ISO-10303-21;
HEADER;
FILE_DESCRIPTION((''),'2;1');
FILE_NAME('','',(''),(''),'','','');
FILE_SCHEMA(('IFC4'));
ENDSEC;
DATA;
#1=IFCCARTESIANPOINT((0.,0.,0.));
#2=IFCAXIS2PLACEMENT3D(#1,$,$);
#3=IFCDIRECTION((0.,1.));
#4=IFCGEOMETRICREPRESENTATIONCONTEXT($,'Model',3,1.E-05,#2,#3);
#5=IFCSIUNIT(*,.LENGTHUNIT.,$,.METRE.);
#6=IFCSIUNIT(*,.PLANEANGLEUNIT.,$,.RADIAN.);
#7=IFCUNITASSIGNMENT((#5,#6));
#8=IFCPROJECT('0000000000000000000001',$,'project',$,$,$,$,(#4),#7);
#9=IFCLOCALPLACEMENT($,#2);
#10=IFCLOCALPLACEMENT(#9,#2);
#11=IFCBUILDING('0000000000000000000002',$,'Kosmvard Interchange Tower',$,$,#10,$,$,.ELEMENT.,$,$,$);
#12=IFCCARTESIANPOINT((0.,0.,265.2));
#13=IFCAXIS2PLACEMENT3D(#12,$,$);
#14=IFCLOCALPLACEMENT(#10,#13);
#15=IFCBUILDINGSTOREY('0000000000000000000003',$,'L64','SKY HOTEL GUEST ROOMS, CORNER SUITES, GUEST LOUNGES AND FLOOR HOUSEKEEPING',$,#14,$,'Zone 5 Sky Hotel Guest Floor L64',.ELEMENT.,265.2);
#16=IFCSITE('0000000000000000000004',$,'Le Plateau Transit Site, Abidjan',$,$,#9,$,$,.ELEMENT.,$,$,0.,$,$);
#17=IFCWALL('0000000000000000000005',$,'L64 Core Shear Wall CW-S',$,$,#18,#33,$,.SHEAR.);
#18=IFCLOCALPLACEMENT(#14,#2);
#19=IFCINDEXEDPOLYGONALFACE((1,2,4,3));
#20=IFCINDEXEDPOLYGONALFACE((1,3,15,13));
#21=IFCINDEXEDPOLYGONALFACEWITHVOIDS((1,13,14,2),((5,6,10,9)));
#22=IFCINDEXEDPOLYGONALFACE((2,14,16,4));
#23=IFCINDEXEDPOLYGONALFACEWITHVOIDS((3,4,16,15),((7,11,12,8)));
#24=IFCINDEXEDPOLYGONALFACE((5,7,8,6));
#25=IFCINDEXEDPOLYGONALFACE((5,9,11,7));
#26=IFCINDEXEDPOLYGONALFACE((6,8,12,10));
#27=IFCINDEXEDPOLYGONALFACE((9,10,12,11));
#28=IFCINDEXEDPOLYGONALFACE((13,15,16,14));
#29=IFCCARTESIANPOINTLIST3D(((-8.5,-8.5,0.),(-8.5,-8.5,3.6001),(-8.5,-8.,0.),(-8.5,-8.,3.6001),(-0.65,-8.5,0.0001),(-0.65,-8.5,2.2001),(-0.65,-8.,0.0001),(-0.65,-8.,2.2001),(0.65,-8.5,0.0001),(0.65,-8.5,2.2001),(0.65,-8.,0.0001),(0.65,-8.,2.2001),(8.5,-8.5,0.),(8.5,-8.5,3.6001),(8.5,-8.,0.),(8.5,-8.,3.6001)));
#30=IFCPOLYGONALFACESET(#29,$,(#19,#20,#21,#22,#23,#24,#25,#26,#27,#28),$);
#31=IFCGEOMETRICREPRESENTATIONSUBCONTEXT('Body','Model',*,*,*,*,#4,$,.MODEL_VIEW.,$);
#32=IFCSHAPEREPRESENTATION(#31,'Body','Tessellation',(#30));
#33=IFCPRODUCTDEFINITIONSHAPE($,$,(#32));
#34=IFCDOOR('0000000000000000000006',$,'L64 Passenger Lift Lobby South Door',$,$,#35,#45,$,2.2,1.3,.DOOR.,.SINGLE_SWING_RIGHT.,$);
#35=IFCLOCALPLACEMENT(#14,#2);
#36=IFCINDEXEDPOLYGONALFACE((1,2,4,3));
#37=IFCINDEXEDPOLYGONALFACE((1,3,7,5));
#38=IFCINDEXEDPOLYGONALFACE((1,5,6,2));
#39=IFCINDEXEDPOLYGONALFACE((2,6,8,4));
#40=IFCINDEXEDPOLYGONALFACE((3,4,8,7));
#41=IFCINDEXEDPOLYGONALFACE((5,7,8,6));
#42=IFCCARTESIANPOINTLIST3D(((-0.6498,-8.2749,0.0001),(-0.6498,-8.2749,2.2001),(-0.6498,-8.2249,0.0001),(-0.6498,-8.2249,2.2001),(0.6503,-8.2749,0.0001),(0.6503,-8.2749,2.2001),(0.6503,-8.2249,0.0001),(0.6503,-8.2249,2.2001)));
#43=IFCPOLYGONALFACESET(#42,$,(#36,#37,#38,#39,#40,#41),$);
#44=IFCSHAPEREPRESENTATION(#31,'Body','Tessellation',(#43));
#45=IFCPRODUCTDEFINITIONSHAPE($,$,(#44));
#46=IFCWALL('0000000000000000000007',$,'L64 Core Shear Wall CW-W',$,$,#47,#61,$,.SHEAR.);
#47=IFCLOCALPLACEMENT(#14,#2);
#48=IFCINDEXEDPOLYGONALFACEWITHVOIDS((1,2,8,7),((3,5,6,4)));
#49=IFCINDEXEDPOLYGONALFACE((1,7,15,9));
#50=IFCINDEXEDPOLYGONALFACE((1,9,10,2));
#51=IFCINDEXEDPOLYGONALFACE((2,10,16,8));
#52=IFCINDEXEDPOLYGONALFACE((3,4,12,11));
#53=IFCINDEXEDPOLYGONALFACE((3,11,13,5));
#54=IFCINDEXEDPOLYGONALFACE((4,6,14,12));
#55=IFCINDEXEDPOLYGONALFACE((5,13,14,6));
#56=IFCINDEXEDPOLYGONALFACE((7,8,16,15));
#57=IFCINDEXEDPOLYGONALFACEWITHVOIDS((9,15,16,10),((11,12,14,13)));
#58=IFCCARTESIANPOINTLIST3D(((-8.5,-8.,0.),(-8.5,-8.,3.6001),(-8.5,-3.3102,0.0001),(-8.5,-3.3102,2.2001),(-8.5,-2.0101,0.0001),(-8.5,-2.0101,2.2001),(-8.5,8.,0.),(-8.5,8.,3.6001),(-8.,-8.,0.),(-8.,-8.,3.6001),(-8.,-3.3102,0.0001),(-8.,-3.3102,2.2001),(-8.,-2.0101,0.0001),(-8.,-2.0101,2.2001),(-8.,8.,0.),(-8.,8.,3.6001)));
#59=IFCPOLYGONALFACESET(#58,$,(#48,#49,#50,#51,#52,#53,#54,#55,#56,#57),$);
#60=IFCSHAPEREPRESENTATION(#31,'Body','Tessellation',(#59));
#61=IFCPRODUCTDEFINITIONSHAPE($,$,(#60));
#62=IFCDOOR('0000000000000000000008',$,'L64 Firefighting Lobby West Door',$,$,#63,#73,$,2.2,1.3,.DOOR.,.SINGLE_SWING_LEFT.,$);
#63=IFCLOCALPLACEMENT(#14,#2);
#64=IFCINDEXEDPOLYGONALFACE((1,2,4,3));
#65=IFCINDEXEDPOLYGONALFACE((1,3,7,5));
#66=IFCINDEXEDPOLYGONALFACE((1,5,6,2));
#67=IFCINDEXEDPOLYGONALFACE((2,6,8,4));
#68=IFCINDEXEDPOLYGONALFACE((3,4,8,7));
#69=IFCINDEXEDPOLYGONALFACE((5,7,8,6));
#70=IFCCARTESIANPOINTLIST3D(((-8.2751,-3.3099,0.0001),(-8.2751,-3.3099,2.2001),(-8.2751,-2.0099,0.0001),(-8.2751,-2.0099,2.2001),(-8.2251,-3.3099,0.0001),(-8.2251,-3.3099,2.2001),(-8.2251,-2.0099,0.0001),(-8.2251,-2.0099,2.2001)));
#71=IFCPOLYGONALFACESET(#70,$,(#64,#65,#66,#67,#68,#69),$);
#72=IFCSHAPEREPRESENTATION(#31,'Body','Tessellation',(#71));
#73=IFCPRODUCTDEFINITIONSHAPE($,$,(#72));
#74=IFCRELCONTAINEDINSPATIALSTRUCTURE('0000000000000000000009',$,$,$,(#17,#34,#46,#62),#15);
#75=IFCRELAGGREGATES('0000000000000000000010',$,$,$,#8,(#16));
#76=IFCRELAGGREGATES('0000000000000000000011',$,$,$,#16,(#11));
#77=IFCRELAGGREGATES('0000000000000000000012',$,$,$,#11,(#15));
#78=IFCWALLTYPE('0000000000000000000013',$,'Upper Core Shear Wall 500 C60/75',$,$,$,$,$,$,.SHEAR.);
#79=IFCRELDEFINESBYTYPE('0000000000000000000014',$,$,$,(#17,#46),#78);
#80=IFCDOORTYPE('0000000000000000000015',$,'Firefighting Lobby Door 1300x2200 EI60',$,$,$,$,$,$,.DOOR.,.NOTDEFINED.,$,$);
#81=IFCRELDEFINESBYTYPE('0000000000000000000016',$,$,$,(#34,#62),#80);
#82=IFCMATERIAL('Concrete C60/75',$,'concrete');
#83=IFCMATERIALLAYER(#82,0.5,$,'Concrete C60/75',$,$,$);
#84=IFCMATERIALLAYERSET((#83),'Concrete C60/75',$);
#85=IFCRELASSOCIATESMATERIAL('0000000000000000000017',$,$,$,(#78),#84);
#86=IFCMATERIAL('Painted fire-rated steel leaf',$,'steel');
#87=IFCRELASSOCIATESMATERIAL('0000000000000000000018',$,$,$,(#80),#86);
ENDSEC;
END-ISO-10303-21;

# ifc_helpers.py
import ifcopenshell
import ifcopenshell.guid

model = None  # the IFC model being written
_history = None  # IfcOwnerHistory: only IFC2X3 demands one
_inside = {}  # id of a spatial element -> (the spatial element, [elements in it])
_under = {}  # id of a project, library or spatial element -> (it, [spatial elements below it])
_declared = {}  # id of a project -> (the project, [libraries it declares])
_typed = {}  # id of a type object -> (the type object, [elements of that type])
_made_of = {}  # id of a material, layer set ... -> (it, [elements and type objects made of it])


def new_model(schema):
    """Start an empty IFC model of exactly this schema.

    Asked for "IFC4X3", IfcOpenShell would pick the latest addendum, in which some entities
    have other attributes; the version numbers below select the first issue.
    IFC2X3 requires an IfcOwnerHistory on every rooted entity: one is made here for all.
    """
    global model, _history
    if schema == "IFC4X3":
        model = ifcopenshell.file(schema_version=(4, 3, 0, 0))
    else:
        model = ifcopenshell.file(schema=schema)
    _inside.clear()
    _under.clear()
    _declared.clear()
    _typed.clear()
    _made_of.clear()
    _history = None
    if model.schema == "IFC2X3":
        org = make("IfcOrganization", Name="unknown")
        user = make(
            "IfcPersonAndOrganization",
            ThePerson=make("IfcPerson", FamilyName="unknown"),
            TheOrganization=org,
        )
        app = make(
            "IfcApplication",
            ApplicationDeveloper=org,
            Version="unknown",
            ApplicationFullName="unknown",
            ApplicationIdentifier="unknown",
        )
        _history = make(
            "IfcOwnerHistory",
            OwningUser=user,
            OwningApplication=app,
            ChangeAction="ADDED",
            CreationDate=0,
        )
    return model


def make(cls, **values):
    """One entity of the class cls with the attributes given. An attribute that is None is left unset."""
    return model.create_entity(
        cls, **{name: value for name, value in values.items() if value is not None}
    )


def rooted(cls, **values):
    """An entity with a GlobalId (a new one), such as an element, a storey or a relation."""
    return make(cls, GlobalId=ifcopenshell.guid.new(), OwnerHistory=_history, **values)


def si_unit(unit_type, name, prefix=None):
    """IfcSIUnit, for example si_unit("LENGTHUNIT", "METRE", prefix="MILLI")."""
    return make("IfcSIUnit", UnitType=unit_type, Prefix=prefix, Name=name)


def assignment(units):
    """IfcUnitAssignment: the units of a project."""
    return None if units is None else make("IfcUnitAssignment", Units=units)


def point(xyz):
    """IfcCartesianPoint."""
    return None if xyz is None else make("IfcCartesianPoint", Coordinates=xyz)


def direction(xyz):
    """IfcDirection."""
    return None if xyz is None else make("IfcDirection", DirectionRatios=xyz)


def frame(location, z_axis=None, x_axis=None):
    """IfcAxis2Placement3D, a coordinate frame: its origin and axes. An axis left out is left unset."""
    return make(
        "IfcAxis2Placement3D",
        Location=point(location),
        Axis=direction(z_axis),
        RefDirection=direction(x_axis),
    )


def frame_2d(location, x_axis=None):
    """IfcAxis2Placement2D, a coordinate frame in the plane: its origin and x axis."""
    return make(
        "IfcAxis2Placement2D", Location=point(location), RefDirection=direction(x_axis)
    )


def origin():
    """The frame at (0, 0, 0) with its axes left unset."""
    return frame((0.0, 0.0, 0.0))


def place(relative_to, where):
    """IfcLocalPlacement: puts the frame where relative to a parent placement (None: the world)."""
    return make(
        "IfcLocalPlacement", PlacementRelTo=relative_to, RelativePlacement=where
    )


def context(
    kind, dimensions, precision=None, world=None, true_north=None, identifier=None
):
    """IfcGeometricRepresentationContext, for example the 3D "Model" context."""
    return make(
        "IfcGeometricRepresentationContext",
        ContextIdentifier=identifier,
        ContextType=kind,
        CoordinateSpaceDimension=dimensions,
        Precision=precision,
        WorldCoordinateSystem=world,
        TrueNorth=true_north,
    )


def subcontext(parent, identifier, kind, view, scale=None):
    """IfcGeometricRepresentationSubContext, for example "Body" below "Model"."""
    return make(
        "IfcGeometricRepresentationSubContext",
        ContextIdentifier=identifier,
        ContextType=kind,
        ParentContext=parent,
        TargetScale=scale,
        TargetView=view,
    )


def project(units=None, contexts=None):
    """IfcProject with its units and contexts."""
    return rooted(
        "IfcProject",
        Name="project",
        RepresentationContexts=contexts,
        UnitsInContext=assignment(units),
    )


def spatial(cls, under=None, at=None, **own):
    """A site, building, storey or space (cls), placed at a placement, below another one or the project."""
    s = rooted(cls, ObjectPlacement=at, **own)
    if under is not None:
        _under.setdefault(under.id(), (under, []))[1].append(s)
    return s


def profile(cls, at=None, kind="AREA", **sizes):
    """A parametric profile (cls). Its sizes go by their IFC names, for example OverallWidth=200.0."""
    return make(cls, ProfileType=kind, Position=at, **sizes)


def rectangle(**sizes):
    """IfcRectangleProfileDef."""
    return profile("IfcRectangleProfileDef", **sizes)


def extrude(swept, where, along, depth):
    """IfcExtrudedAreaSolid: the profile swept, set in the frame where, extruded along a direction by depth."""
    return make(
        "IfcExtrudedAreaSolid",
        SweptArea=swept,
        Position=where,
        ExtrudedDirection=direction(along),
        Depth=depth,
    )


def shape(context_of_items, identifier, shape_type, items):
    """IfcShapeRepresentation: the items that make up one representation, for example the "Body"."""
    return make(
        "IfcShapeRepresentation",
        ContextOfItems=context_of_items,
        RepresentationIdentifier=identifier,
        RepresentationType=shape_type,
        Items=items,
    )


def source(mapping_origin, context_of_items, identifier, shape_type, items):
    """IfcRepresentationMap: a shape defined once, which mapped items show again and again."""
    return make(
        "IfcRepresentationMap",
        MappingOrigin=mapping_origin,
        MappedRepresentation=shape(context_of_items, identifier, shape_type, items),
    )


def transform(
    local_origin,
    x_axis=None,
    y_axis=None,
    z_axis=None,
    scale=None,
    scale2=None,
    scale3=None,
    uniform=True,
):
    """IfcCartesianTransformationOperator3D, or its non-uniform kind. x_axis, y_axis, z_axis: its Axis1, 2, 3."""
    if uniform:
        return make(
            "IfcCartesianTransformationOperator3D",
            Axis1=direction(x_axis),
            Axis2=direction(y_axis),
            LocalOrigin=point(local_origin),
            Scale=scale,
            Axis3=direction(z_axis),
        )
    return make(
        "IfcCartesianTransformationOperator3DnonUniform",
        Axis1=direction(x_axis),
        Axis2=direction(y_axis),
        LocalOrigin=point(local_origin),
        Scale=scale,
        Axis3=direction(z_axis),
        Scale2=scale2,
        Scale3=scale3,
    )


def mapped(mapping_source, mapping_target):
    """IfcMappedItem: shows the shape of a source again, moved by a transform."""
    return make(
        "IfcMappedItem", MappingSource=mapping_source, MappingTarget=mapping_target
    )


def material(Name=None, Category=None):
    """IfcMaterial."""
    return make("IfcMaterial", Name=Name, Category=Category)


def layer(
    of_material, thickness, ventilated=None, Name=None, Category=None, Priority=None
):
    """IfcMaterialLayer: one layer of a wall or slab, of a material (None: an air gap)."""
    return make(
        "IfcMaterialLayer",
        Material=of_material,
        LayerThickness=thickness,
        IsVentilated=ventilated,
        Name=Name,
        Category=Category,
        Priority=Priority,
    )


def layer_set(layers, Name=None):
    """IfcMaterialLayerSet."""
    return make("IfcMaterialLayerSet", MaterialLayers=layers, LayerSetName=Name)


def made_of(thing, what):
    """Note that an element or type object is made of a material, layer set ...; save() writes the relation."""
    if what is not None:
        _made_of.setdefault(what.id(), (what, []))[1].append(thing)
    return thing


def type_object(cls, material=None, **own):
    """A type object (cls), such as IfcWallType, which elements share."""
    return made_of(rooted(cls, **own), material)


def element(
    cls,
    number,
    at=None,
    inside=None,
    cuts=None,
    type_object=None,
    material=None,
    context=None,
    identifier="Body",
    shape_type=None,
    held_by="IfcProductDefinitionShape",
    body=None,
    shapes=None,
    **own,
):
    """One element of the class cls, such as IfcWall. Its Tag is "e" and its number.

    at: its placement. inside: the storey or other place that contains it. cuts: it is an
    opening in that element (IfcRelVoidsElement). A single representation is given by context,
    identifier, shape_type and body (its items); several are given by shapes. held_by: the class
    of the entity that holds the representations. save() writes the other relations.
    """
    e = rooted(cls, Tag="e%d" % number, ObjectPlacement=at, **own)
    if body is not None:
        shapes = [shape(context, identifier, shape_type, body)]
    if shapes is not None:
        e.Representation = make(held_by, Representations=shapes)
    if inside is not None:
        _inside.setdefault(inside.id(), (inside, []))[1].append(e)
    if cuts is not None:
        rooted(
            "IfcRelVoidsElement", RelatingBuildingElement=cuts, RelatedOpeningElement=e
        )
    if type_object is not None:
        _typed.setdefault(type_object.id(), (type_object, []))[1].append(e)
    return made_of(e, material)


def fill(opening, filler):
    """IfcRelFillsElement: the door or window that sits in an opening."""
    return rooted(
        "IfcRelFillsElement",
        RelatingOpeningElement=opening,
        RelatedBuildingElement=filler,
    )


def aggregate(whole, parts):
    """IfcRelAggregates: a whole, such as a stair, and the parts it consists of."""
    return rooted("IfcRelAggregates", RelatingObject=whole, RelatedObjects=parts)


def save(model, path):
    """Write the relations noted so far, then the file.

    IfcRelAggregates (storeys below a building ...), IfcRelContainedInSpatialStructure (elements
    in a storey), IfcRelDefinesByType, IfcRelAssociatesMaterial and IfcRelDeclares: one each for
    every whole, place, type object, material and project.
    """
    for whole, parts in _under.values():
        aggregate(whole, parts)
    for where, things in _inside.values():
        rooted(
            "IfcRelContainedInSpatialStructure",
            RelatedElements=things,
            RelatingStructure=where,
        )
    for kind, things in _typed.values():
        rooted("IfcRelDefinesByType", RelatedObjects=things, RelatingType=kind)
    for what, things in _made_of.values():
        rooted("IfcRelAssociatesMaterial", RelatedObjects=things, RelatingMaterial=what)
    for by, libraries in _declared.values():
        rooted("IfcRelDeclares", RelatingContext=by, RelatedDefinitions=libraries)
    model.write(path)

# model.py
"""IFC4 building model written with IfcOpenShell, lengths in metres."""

from ifc_helpers import new_model, si_unit, direction, frame, frame_2d, origin, place, context, subcontext, project, spatial, rectangle, extrude, source, transform, mapped, material, layer, layer_set, type_object, element, fill, save


model = new_model("IFC4")

# Units and contexts
model_context = context("Model", 3, precision=1e-05, world=origin(), true_north=direction((0.0, 1.0)))
body_context = subcontext(model_context, "Body", "Model", "MODEL_VIEW")
ifc_project = project(units=[si_unit("LENGTHUNIT", "METRE"), si_unit("PLANEANGLEUNIT", "RADIAN")], contexts=[model_context])

# Site, building, storey
site_placement = place(None, origin())
site = spatial("IfcSite", under=ifc_project, at=site_placement, Name="Le Plateau Transit Site, Abidjan", CompositionType="ELEMENT", RefElevation=0.0)
building_placement = place(site_placement, origin())
building = spatial("IfcBuilding", under=site, at=building_placement, Name="Kosmvard Interchange Tower", CompositionType="ELEMENT")
storey_placement = place(building_placement, frame((0.0, 0.0, 265.2)))
storey = spatial("IfcBuildingStorey", under=building, at=storey_placement, Name="L64", Description="SKY HOTEL GUEST ROOMS, CORNER SUITES, GUEST LOUNGES AND FLOOR HOUSEKEEPING", LongName="Zone 5 Sky Hotel Guest Floor L64", CompositionType="ELEMENT", Elevation=265.2)

# Walls, openings, doors
ifc_material_1 = material(Name="Concrete C60/75", Category="concrete")
ifc_layer_1 = layer(ifc_material_1, 0.5, Name="Concrete C60/75")
ifc_layer_set_1 = layer_set([ifc_layer_1], Name="Concrete C60/75")
wall_type_1 = type_object("IfcWallType", Name="Upper Core Shear Wall 500 C60/75", PredefinedType="SHEAR", material=ifc_layer_set_1)
wall_1_placement = place(storey_placement, frame((-8.5, -8.25, 0.0), z_axis=(0.0, 0.0, 1.0), x_axis=(1.0, 0.0, 0.0)))
wall_1 = element("IfcWall", 1, at=wall_1_placement, inside=storey, type_object=wall_type_1, Name="L64 Core Shear Wall CW-S", PredefinedType="SHEAR", context=body_context, shape_type="SweptSolid", body=[
    extrude(rectangle(XDim=17.0, YDim=0.5, at=frame_2d((8.5, 0.0))), origin(), (0.0, 0.0, 1.0), 3.6001),
])
opening_1_placement = place(wall_1_placement, frame((7.8501, 0.0, 0.0)))
opening_1 = element("IfcOpeningElement", 2, at=opening_1_placement, cuts=wall_1, PredefinedType="OPENING", context=body_context, shape_type="SweptSolid", body=[
    extrude(rectangle(XDim=1.3, YDim=2.2, at=frame_2d((0.6499, 1.1001))), frame((0.0, 0.26, 0.0), z_axis=(0.0, -1.0, 0.0), x_axis=(1.0, 0.0, 0.0)), (0.0, 0.0, 1.0), 0.52),
])
ifc_material_2 = material(Name="Painted fire-rated steel leaf", Category="steel")
door_type_1 = type_object("IfcDoorType", Name="Firefighting Lobby Door 1300x2200 EI60", OperationType="NOTDEFINED", PredefinedType="DOOR", material=ifc_material_2)
shared_shape_1 = source(origin(), body_context, "Body", "SweptSolid", [
    extrude(rectangle(XDim=1.3, YDim=2.2, at=frame_2d((0.6499, 1.1001))), frame((0.0, 0.0249, 0.0), z_axis=(0.0, -1.0, 0.0), x_axis=(1.0, 0.0, 0.0)), (0.0, 0.0, 1.0), 0.05),
])
door_1_placement = place(opening_1_placement, frame((1.3, 0.0, 0.0), z_axis=(0.0, 0.0, 1.0), x_axis=(-1.0, 0.0, 0.0)))
door_1 = element("IfcDoor", 3, at=door_1_placement, inside=storey, type_object=door_type_1, Name="L64 Passenger Lift Lobby South Door", OperationType="SINGLE_SWING_RIGHT", OverallHeight=2.2, OverallWidth=1.3, PredefinedType="DOOR", context=body_context, shape_type="MappedRepresentation", body=[
    mapped(shared_shape_1, transform((0.0, 0.0, 0.0), scale=1.0)),
])
fill(opening_1, door_1)
wall_2_placement = place(storey_placement, frame((-8.25, -8.0, 0.0), z_axis=(0.0, 0.0, 1.0), x_axis=(0.0, 1.0, 0.0)))
wall_2 = element("IfcWall", 4, at=wall_2_placement, inside=storey, type_object=wall_type_1, Name="L64 Core Shear Wall CW-W", PredefinedType="SHEAR", context=body_context, shape_type="SweptSolid", body=[
    extrude(rectangle(XDim=16.0, YDim=0.5, at=frame_2d((8.0, 0.0))), origin(), (0.0, 0.0, 1.0), 3.6001),
])
opening_2_placement = place(wall_2_placement, frame((4.6899, 0.0, 0.0)))
opening_2 = element("IfcOpeningElement", 5, at=opening_2_placement, cuts=wall_2, PredefinedType="OPENING", context=body_context, shape_type="SweptSolid", body=[
    extrude(rectangle(XDim=1.3, YDim=2.2, at=frame_2d((0.6499, 1.1001))), frame((0.0, 0.26, 0.0), z_axis=(0.0, -1.0, 0.0), x_axis=(1.0, 0.0, 0.0)), (0.0, 0.0, 1.0), 0.52),
])
door_2_placement = place(opening_2_placement, frame((1.3, 0.0, 0.0), z_axis=(0.0, 0.0, 1.0), x_axis=(-1.0, 0.0, 0.0)))
door_2 = element("IfcDoor", 6, at=door_2_placement, inside=storey, type_object=door_type_1, Name="L64 Firefighting Lobby West Door", OperationType="SINGLE_SWING_LEFT", OverallHeight=2.2, OverallWidth=1.3, PredefinedType="DOOR", context=body_context, shape_type="MappedRepresentation", body=[
    mapped(shared_shape_1, transform((0.0, 0.0, 0.0), scale=1.0)),
])
fill(opening_2, door_2)

save(model, "model.ifc")
